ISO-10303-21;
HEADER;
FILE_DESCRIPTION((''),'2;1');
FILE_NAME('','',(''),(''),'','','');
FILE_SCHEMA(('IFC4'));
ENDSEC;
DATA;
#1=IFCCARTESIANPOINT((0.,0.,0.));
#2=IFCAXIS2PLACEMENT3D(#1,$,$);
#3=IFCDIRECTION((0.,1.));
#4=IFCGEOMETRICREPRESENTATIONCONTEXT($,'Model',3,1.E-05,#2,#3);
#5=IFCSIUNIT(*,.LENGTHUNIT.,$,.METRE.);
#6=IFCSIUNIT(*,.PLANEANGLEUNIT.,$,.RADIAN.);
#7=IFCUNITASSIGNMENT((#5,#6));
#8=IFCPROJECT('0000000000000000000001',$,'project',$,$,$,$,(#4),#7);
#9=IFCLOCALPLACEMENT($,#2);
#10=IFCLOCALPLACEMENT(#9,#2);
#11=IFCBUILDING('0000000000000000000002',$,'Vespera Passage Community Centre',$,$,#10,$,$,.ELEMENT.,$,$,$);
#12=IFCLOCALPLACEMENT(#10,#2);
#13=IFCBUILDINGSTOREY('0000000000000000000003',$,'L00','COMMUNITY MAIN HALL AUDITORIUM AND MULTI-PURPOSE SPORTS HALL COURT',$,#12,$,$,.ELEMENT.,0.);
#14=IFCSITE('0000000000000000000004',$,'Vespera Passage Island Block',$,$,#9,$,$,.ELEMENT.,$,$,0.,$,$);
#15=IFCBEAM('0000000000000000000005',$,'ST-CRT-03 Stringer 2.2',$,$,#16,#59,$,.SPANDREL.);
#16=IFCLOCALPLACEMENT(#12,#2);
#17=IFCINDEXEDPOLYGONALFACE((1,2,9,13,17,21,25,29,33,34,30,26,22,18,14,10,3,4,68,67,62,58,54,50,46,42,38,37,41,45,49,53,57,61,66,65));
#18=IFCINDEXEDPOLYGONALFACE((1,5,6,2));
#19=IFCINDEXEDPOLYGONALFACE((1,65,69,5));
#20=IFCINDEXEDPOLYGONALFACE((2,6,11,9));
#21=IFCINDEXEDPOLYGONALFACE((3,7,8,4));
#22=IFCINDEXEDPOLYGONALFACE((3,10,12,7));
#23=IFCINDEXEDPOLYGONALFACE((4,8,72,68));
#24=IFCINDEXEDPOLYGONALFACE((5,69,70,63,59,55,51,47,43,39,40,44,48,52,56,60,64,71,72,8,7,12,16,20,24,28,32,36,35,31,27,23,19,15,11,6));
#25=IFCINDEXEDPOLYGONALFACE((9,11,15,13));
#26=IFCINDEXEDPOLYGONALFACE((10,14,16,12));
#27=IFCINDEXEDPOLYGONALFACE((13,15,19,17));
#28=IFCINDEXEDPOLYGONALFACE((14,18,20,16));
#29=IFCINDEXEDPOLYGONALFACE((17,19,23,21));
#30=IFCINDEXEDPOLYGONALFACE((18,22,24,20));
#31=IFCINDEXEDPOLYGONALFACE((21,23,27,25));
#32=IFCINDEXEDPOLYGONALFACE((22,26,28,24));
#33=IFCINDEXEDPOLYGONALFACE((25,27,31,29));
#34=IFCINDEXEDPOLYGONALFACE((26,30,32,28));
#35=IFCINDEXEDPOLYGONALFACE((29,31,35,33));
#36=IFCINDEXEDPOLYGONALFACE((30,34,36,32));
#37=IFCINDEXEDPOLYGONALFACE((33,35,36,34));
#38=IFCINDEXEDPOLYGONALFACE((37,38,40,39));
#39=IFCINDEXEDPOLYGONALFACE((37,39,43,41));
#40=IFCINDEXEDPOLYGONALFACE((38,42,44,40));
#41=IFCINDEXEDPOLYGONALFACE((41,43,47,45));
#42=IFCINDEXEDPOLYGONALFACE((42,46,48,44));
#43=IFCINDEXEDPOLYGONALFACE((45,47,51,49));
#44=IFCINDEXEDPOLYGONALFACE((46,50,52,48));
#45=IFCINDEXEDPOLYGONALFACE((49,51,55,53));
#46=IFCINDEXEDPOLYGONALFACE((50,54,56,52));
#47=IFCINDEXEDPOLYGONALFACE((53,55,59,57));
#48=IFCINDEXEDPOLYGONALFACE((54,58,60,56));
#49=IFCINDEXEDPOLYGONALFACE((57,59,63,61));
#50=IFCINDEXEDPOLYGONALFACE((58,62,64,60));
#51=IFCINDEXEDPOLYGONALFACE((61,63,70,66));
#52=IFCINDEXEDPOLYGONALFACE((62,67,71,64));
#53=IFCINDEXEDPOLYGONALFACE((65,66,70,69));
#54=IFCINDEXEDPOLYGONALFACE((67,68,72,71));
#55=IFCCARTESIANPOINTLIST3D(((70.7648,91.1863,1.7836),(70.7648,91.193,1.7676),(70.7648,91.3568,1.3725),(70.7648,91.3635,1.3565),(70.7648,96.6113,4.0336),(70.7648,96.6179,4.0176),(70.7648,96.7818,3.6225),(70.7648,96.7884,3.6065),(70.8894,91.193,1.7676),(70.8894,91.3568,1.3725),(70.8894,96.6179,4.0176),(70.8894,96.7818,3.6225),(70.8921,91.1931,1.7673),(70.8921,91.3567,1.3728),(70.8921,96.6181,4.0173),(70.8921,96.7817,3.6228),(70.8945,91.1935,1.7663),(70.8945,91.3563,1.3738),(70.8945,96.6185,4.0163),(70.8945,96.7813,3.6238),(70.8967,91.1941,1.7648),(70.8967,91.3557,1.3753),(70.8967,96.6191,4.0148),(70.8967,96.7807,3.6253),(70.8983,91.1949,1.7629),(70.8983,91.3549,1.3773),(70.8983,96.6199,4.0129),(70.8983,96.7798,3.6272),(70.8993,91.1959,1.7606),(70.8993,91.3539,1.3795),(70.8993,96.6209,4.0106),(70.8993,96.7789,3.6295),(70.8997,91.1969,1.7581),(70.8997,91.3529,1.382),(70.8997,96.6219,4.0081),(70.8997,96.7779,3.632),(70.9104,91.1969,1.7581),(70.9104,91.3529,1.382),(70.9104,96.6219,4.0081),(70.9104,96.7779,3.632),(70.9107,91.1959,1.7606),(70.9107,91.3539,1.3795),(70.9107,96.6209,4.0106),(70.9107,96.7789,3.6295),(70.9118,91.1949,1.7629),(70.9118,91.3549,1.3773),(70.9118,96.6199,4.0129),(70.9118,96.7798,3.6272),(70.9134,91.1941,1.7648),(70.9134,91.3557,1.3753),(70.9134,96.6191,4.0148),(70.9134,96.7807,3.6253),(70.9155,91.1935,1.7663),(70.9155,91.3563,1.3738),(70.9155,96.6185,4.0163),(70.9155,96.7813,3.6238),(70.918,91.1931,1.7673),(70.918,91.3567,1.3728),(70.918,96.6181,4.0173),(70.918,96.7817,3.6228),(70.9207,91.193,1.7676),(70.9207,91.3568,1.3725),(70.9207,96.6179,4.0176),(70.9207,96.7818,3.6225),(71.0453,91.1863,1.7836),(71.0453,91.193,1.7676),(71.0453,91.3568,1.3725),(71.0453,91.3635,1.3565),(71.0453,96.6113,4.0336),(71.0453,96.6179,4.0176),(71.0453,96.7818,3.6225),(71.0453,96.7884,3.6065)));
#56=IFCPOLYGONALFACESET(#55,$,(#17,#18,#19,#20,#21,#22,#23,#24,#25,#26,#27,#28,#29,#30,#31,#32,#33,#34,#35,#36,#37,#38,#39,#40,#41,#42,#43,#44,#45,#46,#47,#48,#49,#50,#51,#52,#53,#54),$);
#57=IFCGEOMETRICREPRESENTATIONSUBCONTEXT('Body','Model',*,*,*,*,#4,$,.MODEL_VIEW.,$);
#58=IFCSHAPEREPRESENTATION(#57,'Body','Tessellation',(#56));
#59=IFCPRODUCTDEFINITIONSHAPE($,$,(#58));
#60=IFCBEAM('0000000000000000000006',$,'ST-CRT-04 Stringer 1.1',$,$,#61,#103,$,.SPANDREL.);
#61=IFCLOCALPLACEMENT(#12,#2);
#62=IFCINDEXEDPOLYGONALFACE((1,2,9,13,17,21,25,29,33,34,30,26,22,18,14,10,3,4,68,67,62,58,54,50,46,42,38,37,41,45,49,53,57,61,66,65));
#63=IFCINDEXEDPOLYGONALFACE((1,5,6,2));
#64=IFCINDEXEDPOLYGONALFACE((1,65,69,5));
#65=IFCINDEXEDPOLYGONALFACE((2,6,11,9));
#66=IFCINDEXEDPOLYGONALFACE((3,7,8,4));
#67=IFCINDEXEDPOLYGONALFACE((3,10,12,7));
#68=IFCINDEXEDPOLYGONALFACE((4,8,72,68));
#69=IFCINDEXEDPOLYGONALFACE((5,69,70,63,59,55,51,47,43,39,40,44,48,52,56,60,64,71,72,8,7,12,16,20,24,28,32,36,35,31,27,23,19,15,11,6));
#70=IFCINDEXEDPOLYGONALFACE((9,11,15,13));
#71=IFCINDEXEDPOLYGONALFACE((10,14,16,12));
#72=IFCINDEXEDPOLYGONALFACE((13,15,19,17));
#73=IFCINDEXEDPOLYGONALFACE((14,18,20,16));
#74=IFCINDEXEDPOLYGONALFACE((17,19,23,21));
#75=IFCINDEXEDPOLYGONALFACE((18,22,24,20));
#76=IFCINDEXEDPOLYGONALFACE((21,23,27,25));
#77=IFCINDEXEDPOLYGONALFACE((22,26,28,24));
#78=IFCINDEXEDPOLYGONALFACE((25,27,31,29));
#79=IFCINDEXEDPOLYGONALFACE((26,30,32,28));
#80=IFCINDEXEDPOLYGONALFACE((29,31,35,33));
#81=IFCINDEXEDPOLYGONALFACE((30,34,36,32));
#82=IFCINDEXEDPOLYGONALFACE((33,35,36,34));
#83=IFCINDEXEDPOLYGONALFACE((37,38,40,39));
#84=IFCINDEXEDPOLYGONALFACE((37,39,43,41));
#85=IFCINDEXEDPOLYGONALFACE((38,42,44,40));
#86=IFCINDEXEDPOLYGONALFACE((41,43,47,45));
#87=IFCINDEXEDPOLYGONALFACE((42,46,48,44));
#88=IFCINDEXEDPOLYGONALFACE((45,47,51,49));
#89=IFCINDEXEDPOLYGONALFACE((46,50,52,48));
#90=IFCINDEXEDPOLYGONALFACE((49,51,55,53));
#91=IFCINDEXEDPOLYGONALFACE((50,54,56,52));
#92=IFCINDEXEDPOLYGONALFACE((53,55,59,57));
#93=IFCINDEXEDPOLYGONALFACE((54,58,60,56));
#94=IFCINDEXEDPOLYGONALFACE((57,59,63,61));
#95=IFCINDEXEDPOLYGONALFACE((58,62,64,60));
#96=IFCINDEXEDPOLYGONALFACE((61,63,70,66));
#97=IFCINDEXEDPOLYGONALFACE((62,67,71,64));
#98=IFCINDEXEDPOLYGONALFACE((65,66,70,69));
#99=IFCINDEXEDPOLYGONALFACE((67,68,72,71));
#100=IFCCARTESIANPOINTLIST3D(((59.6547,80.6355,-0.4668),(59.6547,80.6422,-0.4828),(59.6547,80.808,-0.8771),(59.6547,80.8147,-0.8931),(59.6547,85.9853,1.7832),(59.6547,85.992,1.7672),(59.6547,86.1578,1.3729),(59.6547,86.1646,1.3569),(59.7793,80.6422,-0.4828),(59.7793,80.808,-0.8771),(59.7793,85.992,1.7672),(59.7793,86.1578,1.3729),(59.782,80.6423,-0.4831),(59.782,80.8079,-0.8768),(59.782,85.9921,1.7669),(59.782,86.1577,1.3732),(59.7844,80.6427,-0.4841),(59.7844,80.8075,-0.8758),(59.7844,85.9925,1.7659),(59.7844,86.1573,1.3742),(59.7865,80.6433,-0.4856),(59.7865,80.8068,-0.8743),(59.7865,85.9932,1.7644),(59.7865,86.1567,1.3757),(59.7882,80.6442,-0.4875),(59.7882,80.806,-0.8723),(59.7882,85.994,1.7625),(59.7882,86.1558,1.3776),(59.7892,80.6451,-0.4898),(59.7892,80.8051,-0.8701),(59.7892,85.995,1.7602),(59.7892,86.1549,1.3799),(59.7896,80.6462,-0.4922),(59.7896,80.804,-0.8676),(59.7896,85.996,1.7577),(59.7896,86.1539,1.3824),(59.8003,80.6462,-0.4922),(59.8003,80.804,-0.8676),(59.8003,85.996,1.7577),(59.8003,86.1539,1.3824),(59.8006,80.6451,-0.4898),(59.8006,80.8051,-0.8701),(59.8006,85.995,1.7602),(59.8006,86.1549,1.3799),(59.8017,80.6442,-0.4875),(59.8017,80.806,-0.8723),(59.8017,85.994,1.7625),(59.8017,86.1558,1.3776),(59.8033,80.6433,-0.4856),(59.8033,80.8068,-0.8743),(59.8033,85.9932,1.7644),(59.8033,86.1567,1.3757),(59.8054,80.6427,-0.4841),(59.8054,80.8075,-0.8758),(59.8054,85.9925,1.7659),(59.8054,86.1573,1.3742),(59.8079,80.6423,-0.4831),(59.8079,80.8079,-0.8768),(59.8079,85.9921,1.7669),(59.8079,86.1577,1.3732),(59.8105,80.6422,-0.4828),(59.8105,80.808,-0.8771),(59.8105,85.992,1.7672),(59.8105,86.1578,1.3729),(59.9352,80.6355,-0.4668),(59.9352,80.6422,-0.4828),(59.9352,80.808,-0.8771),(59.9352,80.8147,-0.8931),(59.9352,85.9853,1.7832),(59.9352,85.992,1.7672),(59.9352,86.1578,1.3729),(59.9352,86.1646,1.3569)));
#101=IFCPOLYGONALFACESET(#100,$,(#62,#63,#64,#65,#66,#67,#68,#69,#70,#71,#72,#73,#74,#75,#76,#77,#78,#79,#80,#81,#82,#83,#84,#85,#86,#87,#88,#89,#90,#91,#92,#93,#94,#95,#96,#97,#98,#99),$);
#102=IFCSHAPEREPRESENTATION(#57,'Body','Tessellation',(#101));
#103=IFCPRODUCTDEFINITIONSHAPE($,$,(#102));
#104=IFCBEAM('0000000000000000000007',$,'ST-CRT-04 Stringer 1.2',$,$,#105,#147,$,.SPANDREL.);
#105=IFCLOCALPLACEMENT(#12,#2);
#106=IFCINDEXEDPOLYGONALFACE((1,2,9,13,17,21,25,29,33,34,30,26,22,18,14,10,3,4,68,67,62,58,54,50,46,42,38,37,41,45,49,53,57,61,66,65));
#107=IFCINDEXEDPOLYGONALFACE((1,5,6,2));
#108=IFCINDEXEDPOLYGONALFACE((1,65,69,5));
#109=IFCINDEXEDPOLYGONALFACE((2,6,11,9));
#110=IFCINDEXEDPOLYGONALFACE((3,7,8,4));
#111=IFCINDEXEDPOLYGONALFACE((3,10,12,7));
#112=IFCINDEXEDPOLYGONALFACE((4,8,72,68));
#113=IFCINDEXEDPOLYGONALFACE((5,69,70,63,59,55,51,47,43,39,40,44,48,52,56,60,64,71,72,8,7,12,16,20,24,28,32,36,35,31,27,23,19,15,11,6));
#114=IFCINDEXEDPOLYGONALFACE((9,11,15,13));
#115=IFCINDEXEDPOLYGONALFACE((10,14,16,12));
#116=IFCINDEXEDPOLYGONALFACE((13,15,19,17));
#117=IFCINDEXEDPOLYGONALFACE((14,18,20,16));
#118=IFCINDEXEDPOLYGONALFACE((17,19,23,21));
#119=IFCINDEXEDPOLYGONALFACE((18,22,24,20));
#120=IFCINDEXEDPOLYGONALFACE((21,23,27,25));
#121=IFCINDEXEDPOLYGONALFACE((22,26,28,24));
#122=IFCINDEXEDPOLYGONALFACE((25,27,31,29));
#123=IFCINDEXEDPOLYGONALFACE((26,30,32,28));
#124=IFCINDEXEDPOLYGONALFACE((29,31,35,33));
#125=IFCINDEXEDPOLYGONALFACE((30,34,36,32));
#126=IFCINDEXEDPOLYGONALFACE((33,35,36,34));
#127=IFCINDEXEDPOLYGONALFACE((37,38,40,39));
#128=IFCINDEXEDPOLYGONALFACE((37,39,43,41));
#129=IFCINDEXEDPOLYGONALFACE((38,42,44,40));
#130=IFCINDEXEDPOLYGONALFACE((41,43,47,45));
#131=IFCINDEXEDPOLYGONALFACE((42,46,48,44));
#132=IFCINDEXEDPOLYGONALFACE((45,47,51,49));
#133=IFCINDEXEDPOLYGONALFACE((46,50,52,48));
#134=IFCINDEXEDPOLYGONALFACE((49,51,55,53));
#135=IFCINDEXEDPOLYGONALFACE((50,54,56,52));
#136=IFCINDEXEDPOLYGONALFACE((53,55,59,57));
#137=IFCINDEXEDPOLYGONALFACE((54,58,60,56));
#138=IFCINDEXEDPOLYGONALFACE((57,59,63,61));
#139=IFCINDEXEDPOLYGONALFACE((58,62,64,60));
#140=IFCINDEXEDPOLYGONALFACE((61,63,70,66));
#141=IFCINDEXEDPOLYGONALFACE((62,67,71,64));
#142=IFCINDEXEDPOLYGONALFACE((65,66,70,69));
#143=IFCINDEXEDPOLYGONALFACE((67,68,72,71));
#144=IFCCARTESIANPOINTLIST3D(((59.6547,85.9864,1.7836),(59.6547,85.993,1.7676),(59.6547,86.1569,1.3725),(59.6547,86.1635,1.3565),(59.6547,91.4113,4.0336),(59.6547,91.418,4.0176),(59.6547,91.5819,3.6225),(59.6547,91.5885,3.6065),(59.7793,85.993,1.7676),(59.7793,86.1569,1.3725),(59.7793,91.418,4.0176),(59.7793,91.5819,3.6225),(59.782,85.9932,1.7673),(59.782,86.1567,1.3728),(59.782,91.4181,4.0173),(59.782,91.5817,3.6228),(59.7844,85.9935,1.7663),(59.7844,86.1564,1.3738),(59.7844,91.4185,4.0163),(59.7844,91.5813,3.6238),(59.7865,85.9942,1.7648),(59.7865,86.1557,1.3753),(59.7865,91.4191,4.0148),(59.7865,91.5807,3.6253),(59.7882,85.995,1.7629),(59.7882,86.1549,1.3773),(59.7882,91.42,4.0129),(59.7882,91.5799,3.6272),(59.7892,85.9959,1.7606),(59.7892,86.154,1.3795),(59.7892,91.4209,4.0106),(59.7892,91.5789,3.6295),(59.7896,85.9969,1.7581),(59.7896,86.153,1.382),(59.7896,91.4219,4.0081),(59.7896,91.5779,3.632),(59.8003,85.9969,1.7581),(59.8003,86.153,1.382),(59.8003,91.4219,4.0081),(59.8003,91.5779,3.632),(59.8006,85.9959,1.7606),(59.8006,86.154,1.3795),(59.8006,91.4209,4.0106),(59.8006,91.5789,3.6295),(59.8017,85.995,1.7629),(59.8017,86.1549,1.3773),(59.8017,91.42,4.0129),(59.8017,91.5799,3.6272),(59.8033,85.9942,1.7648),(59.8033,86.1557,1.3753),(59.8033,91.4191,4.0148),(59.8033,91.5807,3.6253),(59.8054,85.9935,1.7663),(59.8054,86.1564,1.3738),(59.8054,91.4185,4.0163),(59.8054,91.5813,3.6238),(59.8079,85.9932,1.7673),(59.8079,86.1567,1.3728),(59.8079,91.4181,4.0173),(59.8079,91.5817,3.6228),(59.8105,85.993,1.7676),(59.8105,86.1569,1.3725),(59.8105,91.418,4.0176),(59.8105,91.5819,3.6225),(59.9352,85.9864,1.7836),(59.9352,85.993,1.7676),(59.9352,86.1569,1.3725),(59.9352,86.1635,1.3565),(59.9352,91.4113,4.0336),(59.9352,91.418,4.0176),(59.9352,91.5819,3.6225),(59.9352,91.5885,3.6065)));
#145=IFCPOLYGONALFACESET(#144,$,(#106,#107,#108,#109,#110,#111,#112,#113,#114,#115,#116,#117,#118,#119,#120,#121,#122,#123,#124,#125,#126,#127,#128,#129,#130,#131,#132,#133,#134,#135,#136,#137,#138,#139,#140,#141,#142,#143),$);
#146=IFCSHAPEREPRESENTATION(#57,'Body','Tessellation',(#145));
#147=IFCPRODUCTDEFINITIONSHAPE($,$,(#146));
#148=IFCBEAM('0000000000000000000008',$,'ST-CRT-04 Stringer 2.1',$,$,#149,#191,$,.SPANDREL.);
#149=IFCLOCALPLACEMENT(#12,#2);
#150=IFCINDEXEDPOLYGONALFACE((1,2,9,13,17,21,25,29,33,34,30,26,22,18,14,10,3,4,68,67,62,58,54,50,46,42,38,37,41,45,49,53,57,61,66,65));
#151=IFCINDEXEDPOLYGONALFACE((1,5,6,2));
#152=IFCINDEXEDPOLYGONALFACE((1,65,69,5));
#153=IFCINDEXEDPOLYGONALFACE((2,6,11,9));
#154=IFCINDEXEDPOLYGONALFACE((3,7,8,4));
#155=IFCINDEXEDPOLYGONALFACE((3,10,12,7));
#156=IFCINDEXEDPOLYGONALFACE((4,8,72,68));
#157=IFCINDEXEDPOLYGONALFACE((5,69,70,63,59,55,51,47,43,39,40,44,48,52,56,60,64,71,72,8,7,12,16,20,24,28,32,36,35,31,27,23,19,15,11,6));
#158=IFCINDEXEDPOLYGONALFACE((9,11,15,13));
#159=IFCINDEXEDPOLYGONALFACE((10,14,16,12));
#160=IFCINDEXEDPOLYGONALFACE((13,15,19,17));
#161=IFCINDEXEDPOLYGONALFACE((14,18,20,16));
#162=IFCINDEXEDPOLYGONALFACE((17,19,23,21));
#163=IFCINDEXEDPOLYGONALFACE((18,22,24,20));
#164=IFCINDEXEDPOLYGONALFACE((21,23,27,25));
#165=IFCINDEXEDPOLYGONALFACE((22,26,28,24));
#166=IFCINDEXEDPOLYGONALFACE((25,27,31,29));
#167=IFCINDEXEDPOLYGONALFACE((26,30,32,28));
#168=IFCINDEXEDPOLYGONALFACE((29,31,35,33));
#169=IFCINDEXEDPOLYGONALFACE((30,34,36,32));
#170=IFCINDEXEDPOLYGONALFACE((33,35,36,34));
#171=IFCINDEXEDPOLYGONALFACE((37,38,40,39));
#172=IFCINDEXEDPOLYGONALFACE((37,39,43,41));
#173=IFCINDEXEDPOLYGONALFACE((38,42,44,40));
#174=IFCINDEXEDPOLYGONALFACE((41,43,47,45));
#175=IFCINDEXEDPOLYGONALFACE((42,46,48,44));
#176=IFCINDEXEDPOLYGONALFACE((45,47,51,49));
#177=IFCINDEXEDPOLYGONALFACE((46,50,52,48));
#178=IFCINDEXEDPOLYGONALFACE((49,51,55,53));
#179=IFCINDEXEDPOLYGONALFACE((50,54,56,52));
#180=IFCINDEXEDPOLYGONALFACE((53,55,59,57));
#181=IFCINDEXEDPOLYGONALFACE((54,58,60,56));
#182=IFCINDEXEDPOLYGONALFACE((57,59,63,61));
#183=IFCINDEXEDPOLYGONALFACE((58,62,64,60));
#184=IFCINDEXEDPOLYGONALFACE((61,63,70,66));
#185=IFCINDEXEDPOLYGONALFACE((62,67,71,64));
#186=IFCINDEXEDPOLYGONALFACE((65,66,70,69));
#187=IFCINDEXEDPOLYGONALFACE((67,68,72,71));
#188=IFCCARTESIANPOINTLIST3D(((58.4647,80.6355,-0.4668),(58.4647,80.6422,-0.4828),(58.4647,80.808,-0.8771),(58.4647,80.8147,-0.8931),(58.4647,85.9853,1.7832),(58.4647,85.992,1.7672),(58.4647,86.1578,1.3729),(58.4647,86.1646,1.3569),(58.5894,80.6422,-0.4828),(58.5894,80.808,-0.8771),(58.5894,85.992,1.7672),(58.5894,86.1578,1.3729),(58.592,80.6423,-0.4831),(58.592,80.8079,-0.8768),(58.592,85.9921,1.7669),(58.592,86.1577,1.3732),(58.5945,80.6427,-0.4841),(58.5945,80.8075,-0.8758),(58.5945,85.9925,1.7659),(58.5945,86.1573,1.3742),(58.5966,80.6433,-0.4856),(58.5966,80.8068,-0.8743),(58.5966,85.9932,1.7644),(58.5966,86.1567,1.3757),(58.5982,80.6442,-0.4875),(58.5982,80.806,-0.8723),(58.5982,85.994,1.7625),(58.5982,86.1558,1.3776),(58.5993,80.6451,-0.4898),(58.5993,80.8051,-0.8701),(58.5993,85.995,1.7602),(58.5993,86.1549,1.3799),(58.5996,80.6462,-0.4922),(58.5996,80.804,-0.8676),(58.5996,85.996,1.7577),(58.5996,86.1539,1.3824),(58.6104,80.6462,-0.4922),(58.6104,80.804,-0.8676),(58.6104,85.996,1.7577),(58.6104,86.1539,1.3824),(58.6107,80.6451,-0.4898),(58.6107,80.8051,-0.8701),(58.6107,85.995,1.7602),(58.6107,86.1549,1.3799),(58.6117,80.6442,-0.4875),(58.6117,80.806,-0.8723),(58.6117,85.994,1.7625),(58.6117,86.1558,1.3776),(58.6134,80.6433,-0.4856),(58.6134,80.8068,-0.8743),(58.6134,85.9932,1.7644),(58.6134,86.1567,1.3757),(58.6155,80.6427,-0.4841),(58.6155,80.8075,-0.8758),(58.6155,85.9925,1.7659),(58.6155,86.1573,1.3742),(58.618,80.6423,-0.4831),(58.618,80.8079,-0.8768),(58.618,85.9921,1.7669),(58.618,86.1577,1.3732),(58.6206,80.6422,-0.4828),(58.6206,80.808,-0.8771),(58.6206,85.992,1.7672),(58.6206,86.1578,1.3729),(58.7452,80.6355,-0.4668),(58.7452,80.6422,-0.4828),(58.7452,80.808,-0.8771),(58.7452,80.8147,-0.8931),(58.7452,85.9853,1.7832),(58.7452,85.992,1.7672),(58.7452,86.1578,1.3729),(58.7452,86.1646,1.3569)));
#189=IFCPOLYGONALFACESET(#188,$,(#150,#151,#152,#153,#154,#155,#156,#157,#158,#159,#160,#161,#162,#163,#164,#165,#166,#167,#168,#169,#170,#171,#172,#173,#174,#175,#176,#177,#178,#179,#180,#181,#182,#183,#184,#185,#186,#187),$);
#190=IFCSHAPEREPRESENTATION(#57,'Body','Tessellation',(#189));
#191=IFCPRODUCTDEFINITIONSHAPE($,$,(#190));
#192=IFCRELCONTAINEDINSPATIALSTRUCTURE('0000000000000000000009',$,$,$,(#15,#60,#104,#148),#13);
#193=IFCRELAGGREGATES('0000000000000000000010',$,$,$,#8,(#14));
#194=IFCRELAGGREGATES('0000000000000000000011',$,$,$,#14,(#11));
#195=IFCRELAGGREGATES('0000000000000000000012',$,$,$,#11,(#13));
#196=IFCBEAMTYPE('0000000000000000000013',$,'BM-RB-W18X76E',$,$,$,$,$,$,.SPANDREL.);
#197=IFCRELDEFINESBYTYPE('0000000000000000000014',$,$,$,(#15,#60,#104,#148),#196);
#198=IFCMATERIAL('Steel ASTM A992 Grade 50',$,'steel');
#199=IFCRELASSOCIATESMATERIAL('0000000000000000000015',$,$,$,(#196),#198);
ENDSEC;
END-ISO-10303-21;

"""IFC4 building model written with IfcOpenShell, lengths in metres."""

from ifc_helpers import new_model, si_unit, direction, frame, origin, origin_2d, place, context, subcontext, project, spatial, i_section, extrude, material, material_profile, profile_set, type_object, element, save


model = new_model("IFC4")

# Units and contexts
model_context = context("Model", 3, precision=1e-05, world=origin(), true_north=direction((0.0, 1.0)))
body_context = subcontext(model_context, "Body", "Model", "MODEL_VIEW")
ifc_project = project(units=[si_unit("LENGTHUNIT", "METRE"), si_unit("PLANEANGLEUNIT", "RADIAN")], contexts=[model_context])

# Site, building, storey
site_placement = place(None, origin())
site = spatial("IfcSite", under=ifc_project, at=site_placement, Name="Vespera Passage Island Block", CompositionType="ELEMENT", RefElevation=0.0)
building_placement = place(site_placement, origin())
building = spatial("IfcBuilding", under=site, at=building_placement, Name="Vespera Passage Community Centre", CompositionType="ELEMENT")
storey_placement = place(building_placement, origin())
storey = spatial("IfcBuildingStorey", under=building, at=storey_placement, Name="L00", Description="COMMUNITY MAIN HALL AUDITORIUM AND MULTI-PURPOSE SPORTS HALL COURT", CompositionType="ELEMENT", Elevation=0.0)

# Beams
ifc_material_1 = material(Name="Steel ASTM A992 Grade 50", Category="steel")
ifc_material_profile_1 = material_profile(ifc_material_1, i_section(OverallWidth=0.2805, OverallDepth=0.4624, WebThickness=0.0107, FlangeThickness=0.0173, FilletRadius=0.0103, at=origin_2d()), Name="W18X76")
ifc_profile_set_1 = profile_set([ifc_material_profile_1], Name="Steel ASTM A992 Grade 50")
beam_type_1 = type_object("IfcBeamType", Name="BM-RB-W18X76E", PredefinedType="SPANDREL", material=ifc_profile_set_1)
beam_1_placement = place(storey_placement, frame((70.905, 91.2749, 1.5701), z_axis=(0.0, 0.923707, 0.383101), x_axis=(-1.0, 0.0, 0.0)))
element("IfcBeam", 1, at=beam_1_placement, inside=storey, type_object=beam_type_1, Name="ST-CRT-03 Stringer 2.2", PredefinedType="SPANDREL", context=body_context, shape_type="SweptSolid", body=[
    extrude(i_section(OverallWidth=0.2805, OverallDepth=0.4624, WebThickness=0.0107, FlangeThickness=0.0173, FilletRadius=0.0103, at=origin_2d()), origin(), (0.0, 0.0, 1.0), 5.873),
])
beam_2_placement = place(storey_placement, frame((59.7949, 80.7251, -0.6799), z_axis=(0.0, 0.921794, 0.387681), x_axis=(-1.0, 0.0, 0.0)))
element("IfcBeam", 2, at=beam_2_placement, inside=storey, type_object=beam_type_1, Name="ST-CRT-04 Stringer 1.1", PredefinedType="SPANDREL", context=body_context, shape_type="SweptSolid", body=[
    extrude(i_section(OverallWidth=0.2805, OverallDepth=0.4624, WebThickness=0.0107, FlangeThickness=0.0173, FilletRadius=0.0103, at=origin_2d()), origin(), (0.0, 0.0, 1.0), 5.8037),
])
beam_3_placement = place(storey_placement, frame((59.7949, 86.075, 1.5701), z_axis=(0.0, 0.923707, 0.383101), x_axis=(-1.0, 0.0, 0.0)))
element("IfcBeam", 3, at=beam_3_placement, inside=storey, type_object=beam_type_1, Name="ST-CRT-04 Stringer 1.2", PredefinedType="SPANDREL", context=body_context, shape_type="SweptSolid", body=[
    extrude(i_section(OverallWidth=0.2805, OverallDepth=0.4624, WebThickness=0.0107, FlangeThickness=0.0173, FilletRadius=0.0103, at=origin_2d()), origin(), (0.0, 0.0, 1.0), 5.873),
])
beam_4_placement = place(storey_placement, frame((58.605, 80.7251, -0.6799), z_axis=(0.0, 0.921794, 0.387681), x_axis=(-1.0, 0.0, 0.0)))
element("IfcBeam", 4, at=beam_4_placement, inside=storey, type_object=beam_type_1, Name="ST-CRT-04 Stringer 2.1", PredefinedType="SPANDREL", context=body_context, shape_type="SweptSolid", body=[
    extrude(i_section(OverallWidth=0.2805, OverallDepth=0.4624, WebThickness=0.0107, FlangeThickness=0.0173, FilletRadius=0.0103, at=origin_2d()), origin(), (0.0, 0.0, 1.0), 5.8037),
])

save(model, "model.ifc")
